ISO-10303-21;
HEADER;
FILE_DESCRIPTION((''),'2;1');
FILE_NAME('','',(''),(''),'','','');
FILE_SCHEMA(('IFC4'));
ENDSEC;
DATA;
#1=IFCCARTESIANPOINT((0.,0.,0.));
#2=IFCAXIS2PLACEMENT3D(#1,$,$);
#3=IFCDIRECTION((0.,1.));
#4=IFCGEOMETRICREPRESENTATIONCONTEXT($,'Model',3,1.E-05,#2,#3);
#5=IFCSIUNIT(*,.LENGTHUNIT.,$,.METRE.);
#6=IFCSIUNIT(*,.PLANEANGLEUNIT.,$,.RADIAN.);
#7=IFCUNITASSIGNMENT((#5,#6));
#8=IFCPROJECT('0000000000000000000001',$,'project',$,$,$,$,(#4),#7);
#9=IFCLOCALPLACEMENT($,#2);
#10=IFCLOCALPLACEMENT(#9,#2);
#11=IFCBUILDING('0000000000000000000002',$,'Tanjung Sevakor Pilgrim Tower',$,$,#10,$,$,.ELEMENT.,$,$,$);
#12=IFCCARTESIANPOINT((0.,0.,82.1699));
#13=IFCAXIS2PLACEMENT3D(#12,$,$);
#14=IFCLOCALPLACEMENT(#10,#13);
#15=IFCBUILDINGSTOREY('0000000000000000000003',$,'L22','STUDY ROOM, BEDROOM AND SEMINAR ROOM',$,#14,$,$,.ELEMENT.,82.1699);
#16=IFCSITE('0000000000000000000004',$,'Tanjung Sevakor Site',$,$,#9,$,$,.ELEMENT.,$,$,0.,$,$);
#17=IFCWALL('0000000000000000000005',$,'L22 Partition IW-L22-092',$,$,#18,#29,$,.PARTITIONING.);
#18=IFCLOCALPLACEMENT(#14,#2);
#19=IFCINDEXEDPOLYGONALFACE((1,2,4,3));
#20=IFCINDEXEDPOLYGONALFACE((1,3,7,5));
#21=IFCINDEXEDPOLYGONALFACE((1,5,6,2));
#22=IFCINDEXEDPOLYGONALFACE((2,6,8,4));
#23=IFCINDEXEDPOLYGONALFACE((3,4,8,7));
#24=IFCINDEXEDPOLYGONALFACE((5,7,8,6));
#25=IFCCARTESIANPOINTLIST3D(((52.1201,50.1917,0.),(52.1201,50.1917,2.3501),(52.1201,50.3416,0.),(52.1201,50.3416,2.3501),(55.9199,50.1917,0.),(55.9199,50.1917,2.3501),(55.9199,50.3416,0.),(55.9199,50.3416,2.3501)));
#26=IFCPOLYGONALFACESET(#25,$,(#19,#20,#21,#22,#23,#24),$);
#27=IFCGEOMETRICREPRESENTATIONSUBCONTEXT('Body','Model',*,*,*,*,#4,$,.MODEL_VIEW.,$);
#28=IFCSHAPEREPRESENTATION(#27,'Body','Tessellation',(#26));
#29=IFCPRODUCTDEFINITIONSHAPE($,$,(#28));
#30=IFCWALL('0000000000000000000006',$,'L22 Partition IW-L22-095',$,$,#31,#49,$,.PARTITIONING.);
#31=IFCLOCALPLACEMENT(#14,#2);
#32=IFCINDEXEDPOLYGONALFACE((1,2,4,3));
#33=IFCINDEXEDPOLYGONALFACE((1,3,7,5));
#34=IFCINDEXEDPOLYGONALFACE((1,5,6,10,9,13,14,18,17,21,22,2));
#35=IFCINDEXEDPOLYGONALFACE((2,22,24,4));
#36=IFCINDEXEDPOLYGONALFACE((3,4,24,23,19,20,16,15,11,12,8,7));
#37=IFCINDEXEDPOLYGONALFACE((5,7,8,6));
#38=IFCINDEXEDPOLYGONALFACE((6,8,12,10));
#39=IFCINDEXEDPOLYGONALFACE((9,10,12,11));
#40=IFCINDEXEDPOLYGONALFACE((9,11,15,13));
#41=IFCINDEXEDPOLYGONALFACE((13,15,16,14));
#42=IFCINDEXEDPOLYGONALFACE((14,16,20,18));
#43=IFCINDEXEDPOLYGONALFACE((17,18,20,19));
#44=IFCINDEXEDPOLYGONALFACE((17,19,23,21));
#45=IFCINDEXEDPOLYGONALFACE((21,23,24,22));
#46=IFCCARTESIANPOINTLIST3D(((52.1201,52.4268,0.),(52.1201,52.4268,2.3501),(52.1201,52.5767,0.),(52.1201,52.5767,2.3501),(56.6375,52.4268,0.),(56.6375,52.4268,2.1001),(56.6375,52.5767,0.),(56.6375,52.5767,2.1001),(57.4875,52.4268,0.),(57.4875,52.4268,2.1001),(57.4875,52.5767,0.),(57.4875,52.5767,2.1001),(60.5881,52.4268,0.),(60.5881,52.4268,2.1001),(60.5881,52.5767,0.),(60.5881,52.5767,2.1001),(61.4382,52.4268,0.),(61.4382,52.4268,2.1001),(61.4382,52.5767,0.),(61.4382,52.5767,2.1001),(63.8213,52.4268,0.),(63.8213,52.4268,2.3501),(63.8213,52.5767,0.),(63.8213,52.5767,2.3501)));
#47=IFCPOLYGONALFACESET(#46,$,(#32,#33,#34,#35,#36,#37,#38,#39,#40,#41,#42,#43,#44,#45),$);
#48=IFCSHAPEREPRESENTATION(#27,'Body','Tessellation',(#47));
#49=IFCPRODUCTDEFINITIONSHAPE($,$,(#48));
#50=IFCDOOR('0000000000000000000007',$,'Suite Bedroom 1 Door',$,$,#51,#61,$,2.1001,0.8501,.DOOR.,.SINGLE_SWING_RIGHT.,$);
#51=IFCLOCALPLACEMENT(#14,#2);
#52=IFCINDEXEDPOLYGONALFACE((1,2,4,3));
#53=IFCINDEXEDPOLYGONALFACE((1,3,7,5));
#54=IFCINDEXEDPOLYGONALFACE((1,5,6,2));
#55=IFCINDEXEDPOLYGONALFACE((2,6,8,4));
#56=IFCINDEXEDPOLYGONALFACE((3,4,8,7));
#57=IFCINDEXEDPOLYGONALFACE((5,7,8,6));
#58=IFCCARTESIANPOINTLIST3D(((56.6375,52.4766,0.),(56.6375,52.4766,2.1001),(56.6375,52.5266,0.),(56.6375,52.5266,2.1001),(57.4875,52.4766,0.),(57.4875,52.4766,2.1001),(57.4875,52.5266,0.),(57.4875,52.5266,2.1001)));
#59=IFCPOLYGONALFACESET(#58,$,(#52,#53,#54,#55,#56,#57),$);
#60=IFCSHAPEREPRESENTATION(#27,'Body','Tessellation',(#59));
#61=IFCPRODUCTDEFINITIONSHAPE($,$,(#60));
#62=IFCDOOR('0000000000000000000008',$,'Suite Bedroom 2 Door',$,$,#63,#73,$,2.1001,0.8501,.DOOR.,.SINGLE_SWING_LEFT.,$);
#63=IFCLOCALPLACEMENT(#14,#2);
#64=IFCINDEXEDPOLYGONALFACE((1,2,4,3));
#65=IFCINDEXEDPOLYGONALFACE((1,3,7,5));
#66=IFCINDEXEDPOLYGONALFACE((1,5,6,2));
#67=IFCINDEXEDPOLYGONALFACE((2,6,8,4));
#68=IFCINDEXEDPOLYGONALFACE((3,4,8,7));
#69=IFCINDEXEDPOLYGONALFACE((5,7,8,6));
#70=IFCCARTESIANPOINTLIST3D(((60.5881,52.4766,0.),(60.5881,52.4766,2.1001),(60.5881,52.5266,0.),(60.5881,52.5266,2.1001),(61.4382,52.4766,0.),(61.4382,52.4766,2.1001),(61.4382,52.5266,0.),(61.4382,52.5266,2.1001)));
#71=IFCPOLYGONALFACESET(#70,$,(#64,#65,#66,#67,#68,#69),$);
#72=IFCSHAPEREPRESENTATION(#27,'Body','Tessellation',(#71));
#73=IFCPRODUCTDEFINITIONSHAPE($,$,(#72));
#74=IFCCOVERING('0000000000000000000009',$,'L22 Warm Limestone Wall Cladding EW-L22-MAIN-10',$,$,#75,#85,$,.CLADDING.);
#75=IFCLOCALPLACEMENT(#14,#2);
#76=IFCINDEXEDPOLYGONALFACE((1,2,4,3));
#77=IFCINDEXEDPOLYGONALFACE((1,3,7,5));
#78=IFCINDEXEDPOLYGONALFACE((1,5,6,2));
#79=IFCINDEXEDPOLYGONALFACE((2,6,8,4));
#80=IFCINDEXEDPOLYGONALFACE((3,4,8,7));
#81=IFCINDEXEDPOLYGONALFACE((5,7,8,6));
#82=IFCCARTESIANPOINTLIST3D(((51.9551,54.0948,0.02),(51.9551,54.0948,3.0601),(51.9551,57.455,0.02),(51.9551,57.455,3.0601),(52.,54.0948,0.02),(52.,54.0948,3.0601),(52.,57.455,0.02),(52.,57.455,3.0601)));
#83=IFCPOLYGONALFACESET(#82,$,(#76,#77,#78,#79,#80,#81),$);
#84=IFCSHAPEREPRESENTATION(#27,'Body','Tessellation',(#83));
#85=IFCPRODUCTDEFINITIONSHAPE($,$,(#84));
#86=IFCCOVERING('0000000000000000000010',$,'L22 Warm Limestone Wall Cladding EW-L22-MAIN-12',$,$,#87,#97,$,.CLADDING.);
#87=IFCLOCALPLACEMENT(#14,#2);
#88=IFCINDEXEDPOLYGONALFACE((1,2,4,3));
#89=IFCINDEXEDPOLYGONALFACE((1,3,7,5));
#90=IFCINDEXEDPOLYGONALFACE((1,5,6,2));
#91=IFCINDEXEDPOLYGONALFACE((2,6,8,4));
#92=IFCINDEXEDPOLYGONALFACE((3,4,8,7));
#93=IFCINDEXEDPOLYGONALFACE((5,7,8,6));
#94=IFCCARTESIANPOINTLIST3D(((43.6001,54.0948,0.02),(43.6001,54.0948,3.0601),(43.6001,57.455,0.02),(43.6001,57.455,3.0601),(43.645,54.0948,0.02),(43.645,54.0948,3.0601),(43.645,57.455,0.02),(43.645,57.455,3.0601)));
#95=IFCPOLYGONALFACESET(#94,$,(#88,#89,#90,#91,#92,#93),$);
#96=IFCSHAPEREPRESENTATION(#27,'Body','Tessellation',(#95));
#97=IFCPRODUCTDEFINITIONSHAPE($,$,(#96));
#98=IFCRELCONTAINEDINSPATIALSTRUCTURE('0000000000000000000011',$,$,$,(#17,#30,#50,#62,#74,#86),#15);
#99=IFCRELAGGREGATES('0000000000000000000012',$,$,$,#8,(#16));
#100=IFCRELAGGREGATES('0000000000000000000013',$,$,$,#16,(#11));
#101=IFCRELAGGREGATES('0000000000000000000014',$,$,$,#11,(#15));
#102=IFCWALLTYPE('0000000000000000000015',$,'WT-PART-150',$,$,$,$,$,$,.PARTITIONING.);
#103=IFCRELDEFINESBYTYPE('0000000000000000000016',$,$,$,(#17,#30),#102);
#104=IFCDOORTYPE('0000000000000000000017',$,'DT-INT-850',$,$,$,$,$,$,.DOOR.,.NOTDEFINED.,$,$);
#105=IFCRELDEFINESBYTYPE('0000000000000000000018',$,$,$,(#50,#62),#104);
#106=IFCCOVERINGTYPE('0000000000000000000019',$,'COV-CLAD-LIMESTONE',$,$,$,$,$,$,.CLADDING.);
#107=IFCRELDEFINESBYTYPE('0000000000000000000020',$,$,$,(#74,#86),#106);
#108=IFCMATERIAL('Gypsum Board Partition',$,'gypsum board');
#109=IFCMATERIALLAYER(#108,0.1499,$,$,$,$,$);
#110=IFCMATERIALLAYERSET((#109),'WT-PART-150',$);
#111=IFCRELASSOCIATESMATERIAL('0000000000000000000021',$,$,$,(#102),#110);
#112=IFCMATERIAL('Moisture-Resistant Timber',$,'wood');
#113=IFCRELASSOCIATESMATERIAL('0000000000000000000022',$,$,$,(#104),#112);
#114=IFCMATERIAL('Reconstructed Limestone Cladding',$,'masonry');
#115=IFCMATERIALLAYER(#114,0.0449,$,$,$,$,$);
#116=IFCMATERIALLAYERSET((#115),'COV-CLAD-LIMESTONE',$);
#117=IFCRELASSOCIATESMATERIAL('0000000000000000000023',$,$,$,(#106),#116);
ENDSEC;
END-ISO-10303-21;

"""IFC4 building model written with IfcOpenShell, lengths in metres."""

from ifc_helpers import new_model, si_unit, direction, frame, frame_2d, origin, origin_2d, place, context, subcontext, project, spatial, rectangle, extrude, material, layer, layer_set, type_object, element, fill, save


model = new_model("IFC4")

# Units and contexts
model_context = context("Model", 3, precision=1e-05, world=origin(), true_north=direction((0.0, 1.0)))
body_context = subcontext(model_context, "Body", "Model", "MODEL_VIEW")
ifc_project = project(units=[si_unit("LENGTHUNIT", "METRE"), si_unit("PLANEANGLEUNIT", "RADIAN")], contexts=[model_context])

# Site, building, storey
site_placement = place(None, origin())
site = spatial("IfcSite", under=ifc_project, at=site_placement, Name="Tanjung Sevakor Site", CompositionType="ELEMENT", RefElevation=0.0)
building_placement = place(site_placement, origin())
building = spatial("IfcBuilding", under=site, at=building_placement, Name="Tanjung Sevakor Pilgrim Tower", CompositionType="ELEMENT")
storey_placement = place(building_placement, frame((0.0, 0.0, 82.1699)))
storey = spatial("IfcBuildingStorey", under=building, at=storey_placement, Name="L22", Description="STUDY ROOM, BEDROOM AND SEMINAR ROOM", CompositionType="ELEMENT", Elevation=82.1699)

# Wall
ifc_material_1 = material(Name="Gypsum Board Partition", Category="gypsum board")
ifc_layer_1 = layer(ifc_material_1, 0.1499)
ifc_layer_set_1 = layer_set([ifc_layer_1], Name="WT-PART-150")
wall_type_1 = type_object("IfcWallType", Name="WT-PART-150", PredefinedType="PARTITIONING", material=ifc_layer_set_1)
wall_1_placement = place(storey_placement, frame((52.1201, 50.2666, 0.0), z_axis=(0.0, 0.0, 1.0), x_axis=(1.0, 0.0, 0.0)))
element("IfcWall", 1, at=wall_1_placement, inside=storey, type_object=wall_type_1, Name="L22 Partition IW-L22-092", PredefinedType="PARTITIONING", context=body_context, shape_type="SweptSolid", body=[
    extrude(rectangle(XDim=3.7998, YDim=0.1499, at=frame_2d((1.8999, 0.0))), origin(), (0.0, 0.0, 1.0), 2.3501),
])

# Wall, openings, doors
wall_2_placement = place(storey_placement, frame((52.1201, 52.5017, 0.0), z_axis=(0.0, 0.0, 1.0), x_axis=(1.0, 0.0, 0.0)))
wall_2 = element("IfcWall", 2, at=wall_2_placement, inside=storey, type_object=wall_type_1, Name="L22 Partition IW-L22-095", PredefinedType="PARTITIONING", context=body_context, shape_type="SweptSolid", body=[
    extrude(rectangle(XDim=11.7012, YDim=0.1499, at=frame_2d((5.8506, 0.0))), origin(), (0.0, 0.0, 1.0), 2.3501),
])
opening_1_placement = place(wall_2_placement, frame((4.5173, 0.0, 0.0)))
opening_1 = element("IfcOpeningElement", 3, at=opening_1_placement, cuts=wall_2, PredefinedType="OPENING", context=body_context, shape_type="SweptSolid", body=[
    extrude(rectangle(XDim=0.8501, YDim=2.1001, at=frame_2d((0.425, 1.05))), frame((0.0, 0.085, 0.0), z_axis=(0.0, -1.0, 0.0), x_axis=(1.0, 0.0, 0.0)), (0.0, 0.0, 1.0), 0.1699),
])
opening_2_placement = place(wall_2_placement, frame((8.468, 0.0, 0.0)))
opening_2 = element("IfcOpeningElement", 4, at=opening_2_placement, cuts=wall_2, PredefinedType="OPENING", context=body_context, shape_type="SweptSolid", body=[
    extrude(rectangle(XDim=0.8501, YDim=2.1001, at=frame_2d((0.425, 1.05))), frame((0.0, 0.085, 0.0), z_axis=(0.0, -1.0, 0.0), x_axis=(1.0, 0.0, 0.0)), (0.0, 0.0, 1.0), 0.1699),
])
ifc_material_2 = material(Name="Moisture-Resistant Timber", Category="wood")
door_type_1 = type_object("IfcDoorType", Name="DT-INT-850", OperationType="NOTDEFINED", PredefinedType="DOOR", material=ifc_material_2)
door_1_placement = place(opening_1_placement, origin())
door_1 = element("IfcDoor", 5, at=door_1_placement, inside=storey, type_object=door_type_1, Name="Suite Bedroom 1 Door", OperationType="SINGLE_SWING_RIGHT", OverallHeight=2.1001, OverallWidth=0.8501, PredefinedType="DOOR", context=body_context, shape_type="SweptSolid", body=[
    extrude(rectangle(XDim=0.8501, YDim=2.1001, at=frame_2d((0.425, 1.05))), frame((0.0, 0.0249, 0.0), z_axis=(0.0, -1.0, 0.0), x_axis=(1.0, 0.0, 0.0)), (0.0, 0.0, 1.0), 0.05),
])
fill(opening_1, door_1)
door_2_placement = place(opening_2_placement, origin())
door_2 = element("IfcDoor", 6, at=door_2_placement, inside=storey, type_object=door_type_1, Name="Suite Bedroom 2 Door", OperationType="SINGLE_SWING_LEFT", OverallHeight=2.1001, OverallWidth=0.8501, PredefinedType="DOOR", context=body_context, shape_type="SweptSolid", body=[
    extrude(rectangle(XDim=0.8501, YDim=2.1001, at=frame_2d((0.425, 1.05))), frame((0.0, 0.0249, 0.0), z_axis=(0.0, -1.0, 0.0), x_axis=(1.0, 0.0, 0.0)), (0.0, 0.0, 1.0), 0.05),
])
fill(opening_2, door_2)

# Coverings
ifc_material_3 = material(Name="Reconstructed Limestone Cladding", Category="masonry")
ifc_layer_2 = layer(ifc_material_3, 0.0449)
ifc_layer_set_2 = layer_set([ifc_layer_2], Name="COV-CLAD-LIMESTONE")
covering_type = type_object("IfcCoveringType", Name="COV-CLAD-LIMESTONE", PredefinedType="CLADDING", material=ifc_layer_set_2)
for number, where, z_axis, x_axis, name in (
    (7, (51.9775, 55.7749, 0.02), (0.0, 0.0, 1.0), (0.0, -1.0, 0.0), "L22 Warm Limestone Wall Cladding EW-L22-MAIN-10"),
    (8, (43.6226, 55.7749, 0.02), (0.0, 0.0, 1.0), (0.0, 1.0, 0.0), "L22 Warm Limestone Wall Cladding EW-L22-MAIN-12"),
):
    element("IfcCovering", number, at=place(storey_placement, frame(where, z_axis=z_axis, x_axis=x_axis)), inside=storey, type_object=covering_type, Name=name, PredefinedType="CLADDING", context=body_context, shape_type="SweptSolid", body=[
        extrude(rectangle(XDim=3.3601, YDim=0.0449, at=origin_2d()), origin(), (0.0, 0.0, 1.0), 3.04),
    ])

save(model, "model.ifc")
